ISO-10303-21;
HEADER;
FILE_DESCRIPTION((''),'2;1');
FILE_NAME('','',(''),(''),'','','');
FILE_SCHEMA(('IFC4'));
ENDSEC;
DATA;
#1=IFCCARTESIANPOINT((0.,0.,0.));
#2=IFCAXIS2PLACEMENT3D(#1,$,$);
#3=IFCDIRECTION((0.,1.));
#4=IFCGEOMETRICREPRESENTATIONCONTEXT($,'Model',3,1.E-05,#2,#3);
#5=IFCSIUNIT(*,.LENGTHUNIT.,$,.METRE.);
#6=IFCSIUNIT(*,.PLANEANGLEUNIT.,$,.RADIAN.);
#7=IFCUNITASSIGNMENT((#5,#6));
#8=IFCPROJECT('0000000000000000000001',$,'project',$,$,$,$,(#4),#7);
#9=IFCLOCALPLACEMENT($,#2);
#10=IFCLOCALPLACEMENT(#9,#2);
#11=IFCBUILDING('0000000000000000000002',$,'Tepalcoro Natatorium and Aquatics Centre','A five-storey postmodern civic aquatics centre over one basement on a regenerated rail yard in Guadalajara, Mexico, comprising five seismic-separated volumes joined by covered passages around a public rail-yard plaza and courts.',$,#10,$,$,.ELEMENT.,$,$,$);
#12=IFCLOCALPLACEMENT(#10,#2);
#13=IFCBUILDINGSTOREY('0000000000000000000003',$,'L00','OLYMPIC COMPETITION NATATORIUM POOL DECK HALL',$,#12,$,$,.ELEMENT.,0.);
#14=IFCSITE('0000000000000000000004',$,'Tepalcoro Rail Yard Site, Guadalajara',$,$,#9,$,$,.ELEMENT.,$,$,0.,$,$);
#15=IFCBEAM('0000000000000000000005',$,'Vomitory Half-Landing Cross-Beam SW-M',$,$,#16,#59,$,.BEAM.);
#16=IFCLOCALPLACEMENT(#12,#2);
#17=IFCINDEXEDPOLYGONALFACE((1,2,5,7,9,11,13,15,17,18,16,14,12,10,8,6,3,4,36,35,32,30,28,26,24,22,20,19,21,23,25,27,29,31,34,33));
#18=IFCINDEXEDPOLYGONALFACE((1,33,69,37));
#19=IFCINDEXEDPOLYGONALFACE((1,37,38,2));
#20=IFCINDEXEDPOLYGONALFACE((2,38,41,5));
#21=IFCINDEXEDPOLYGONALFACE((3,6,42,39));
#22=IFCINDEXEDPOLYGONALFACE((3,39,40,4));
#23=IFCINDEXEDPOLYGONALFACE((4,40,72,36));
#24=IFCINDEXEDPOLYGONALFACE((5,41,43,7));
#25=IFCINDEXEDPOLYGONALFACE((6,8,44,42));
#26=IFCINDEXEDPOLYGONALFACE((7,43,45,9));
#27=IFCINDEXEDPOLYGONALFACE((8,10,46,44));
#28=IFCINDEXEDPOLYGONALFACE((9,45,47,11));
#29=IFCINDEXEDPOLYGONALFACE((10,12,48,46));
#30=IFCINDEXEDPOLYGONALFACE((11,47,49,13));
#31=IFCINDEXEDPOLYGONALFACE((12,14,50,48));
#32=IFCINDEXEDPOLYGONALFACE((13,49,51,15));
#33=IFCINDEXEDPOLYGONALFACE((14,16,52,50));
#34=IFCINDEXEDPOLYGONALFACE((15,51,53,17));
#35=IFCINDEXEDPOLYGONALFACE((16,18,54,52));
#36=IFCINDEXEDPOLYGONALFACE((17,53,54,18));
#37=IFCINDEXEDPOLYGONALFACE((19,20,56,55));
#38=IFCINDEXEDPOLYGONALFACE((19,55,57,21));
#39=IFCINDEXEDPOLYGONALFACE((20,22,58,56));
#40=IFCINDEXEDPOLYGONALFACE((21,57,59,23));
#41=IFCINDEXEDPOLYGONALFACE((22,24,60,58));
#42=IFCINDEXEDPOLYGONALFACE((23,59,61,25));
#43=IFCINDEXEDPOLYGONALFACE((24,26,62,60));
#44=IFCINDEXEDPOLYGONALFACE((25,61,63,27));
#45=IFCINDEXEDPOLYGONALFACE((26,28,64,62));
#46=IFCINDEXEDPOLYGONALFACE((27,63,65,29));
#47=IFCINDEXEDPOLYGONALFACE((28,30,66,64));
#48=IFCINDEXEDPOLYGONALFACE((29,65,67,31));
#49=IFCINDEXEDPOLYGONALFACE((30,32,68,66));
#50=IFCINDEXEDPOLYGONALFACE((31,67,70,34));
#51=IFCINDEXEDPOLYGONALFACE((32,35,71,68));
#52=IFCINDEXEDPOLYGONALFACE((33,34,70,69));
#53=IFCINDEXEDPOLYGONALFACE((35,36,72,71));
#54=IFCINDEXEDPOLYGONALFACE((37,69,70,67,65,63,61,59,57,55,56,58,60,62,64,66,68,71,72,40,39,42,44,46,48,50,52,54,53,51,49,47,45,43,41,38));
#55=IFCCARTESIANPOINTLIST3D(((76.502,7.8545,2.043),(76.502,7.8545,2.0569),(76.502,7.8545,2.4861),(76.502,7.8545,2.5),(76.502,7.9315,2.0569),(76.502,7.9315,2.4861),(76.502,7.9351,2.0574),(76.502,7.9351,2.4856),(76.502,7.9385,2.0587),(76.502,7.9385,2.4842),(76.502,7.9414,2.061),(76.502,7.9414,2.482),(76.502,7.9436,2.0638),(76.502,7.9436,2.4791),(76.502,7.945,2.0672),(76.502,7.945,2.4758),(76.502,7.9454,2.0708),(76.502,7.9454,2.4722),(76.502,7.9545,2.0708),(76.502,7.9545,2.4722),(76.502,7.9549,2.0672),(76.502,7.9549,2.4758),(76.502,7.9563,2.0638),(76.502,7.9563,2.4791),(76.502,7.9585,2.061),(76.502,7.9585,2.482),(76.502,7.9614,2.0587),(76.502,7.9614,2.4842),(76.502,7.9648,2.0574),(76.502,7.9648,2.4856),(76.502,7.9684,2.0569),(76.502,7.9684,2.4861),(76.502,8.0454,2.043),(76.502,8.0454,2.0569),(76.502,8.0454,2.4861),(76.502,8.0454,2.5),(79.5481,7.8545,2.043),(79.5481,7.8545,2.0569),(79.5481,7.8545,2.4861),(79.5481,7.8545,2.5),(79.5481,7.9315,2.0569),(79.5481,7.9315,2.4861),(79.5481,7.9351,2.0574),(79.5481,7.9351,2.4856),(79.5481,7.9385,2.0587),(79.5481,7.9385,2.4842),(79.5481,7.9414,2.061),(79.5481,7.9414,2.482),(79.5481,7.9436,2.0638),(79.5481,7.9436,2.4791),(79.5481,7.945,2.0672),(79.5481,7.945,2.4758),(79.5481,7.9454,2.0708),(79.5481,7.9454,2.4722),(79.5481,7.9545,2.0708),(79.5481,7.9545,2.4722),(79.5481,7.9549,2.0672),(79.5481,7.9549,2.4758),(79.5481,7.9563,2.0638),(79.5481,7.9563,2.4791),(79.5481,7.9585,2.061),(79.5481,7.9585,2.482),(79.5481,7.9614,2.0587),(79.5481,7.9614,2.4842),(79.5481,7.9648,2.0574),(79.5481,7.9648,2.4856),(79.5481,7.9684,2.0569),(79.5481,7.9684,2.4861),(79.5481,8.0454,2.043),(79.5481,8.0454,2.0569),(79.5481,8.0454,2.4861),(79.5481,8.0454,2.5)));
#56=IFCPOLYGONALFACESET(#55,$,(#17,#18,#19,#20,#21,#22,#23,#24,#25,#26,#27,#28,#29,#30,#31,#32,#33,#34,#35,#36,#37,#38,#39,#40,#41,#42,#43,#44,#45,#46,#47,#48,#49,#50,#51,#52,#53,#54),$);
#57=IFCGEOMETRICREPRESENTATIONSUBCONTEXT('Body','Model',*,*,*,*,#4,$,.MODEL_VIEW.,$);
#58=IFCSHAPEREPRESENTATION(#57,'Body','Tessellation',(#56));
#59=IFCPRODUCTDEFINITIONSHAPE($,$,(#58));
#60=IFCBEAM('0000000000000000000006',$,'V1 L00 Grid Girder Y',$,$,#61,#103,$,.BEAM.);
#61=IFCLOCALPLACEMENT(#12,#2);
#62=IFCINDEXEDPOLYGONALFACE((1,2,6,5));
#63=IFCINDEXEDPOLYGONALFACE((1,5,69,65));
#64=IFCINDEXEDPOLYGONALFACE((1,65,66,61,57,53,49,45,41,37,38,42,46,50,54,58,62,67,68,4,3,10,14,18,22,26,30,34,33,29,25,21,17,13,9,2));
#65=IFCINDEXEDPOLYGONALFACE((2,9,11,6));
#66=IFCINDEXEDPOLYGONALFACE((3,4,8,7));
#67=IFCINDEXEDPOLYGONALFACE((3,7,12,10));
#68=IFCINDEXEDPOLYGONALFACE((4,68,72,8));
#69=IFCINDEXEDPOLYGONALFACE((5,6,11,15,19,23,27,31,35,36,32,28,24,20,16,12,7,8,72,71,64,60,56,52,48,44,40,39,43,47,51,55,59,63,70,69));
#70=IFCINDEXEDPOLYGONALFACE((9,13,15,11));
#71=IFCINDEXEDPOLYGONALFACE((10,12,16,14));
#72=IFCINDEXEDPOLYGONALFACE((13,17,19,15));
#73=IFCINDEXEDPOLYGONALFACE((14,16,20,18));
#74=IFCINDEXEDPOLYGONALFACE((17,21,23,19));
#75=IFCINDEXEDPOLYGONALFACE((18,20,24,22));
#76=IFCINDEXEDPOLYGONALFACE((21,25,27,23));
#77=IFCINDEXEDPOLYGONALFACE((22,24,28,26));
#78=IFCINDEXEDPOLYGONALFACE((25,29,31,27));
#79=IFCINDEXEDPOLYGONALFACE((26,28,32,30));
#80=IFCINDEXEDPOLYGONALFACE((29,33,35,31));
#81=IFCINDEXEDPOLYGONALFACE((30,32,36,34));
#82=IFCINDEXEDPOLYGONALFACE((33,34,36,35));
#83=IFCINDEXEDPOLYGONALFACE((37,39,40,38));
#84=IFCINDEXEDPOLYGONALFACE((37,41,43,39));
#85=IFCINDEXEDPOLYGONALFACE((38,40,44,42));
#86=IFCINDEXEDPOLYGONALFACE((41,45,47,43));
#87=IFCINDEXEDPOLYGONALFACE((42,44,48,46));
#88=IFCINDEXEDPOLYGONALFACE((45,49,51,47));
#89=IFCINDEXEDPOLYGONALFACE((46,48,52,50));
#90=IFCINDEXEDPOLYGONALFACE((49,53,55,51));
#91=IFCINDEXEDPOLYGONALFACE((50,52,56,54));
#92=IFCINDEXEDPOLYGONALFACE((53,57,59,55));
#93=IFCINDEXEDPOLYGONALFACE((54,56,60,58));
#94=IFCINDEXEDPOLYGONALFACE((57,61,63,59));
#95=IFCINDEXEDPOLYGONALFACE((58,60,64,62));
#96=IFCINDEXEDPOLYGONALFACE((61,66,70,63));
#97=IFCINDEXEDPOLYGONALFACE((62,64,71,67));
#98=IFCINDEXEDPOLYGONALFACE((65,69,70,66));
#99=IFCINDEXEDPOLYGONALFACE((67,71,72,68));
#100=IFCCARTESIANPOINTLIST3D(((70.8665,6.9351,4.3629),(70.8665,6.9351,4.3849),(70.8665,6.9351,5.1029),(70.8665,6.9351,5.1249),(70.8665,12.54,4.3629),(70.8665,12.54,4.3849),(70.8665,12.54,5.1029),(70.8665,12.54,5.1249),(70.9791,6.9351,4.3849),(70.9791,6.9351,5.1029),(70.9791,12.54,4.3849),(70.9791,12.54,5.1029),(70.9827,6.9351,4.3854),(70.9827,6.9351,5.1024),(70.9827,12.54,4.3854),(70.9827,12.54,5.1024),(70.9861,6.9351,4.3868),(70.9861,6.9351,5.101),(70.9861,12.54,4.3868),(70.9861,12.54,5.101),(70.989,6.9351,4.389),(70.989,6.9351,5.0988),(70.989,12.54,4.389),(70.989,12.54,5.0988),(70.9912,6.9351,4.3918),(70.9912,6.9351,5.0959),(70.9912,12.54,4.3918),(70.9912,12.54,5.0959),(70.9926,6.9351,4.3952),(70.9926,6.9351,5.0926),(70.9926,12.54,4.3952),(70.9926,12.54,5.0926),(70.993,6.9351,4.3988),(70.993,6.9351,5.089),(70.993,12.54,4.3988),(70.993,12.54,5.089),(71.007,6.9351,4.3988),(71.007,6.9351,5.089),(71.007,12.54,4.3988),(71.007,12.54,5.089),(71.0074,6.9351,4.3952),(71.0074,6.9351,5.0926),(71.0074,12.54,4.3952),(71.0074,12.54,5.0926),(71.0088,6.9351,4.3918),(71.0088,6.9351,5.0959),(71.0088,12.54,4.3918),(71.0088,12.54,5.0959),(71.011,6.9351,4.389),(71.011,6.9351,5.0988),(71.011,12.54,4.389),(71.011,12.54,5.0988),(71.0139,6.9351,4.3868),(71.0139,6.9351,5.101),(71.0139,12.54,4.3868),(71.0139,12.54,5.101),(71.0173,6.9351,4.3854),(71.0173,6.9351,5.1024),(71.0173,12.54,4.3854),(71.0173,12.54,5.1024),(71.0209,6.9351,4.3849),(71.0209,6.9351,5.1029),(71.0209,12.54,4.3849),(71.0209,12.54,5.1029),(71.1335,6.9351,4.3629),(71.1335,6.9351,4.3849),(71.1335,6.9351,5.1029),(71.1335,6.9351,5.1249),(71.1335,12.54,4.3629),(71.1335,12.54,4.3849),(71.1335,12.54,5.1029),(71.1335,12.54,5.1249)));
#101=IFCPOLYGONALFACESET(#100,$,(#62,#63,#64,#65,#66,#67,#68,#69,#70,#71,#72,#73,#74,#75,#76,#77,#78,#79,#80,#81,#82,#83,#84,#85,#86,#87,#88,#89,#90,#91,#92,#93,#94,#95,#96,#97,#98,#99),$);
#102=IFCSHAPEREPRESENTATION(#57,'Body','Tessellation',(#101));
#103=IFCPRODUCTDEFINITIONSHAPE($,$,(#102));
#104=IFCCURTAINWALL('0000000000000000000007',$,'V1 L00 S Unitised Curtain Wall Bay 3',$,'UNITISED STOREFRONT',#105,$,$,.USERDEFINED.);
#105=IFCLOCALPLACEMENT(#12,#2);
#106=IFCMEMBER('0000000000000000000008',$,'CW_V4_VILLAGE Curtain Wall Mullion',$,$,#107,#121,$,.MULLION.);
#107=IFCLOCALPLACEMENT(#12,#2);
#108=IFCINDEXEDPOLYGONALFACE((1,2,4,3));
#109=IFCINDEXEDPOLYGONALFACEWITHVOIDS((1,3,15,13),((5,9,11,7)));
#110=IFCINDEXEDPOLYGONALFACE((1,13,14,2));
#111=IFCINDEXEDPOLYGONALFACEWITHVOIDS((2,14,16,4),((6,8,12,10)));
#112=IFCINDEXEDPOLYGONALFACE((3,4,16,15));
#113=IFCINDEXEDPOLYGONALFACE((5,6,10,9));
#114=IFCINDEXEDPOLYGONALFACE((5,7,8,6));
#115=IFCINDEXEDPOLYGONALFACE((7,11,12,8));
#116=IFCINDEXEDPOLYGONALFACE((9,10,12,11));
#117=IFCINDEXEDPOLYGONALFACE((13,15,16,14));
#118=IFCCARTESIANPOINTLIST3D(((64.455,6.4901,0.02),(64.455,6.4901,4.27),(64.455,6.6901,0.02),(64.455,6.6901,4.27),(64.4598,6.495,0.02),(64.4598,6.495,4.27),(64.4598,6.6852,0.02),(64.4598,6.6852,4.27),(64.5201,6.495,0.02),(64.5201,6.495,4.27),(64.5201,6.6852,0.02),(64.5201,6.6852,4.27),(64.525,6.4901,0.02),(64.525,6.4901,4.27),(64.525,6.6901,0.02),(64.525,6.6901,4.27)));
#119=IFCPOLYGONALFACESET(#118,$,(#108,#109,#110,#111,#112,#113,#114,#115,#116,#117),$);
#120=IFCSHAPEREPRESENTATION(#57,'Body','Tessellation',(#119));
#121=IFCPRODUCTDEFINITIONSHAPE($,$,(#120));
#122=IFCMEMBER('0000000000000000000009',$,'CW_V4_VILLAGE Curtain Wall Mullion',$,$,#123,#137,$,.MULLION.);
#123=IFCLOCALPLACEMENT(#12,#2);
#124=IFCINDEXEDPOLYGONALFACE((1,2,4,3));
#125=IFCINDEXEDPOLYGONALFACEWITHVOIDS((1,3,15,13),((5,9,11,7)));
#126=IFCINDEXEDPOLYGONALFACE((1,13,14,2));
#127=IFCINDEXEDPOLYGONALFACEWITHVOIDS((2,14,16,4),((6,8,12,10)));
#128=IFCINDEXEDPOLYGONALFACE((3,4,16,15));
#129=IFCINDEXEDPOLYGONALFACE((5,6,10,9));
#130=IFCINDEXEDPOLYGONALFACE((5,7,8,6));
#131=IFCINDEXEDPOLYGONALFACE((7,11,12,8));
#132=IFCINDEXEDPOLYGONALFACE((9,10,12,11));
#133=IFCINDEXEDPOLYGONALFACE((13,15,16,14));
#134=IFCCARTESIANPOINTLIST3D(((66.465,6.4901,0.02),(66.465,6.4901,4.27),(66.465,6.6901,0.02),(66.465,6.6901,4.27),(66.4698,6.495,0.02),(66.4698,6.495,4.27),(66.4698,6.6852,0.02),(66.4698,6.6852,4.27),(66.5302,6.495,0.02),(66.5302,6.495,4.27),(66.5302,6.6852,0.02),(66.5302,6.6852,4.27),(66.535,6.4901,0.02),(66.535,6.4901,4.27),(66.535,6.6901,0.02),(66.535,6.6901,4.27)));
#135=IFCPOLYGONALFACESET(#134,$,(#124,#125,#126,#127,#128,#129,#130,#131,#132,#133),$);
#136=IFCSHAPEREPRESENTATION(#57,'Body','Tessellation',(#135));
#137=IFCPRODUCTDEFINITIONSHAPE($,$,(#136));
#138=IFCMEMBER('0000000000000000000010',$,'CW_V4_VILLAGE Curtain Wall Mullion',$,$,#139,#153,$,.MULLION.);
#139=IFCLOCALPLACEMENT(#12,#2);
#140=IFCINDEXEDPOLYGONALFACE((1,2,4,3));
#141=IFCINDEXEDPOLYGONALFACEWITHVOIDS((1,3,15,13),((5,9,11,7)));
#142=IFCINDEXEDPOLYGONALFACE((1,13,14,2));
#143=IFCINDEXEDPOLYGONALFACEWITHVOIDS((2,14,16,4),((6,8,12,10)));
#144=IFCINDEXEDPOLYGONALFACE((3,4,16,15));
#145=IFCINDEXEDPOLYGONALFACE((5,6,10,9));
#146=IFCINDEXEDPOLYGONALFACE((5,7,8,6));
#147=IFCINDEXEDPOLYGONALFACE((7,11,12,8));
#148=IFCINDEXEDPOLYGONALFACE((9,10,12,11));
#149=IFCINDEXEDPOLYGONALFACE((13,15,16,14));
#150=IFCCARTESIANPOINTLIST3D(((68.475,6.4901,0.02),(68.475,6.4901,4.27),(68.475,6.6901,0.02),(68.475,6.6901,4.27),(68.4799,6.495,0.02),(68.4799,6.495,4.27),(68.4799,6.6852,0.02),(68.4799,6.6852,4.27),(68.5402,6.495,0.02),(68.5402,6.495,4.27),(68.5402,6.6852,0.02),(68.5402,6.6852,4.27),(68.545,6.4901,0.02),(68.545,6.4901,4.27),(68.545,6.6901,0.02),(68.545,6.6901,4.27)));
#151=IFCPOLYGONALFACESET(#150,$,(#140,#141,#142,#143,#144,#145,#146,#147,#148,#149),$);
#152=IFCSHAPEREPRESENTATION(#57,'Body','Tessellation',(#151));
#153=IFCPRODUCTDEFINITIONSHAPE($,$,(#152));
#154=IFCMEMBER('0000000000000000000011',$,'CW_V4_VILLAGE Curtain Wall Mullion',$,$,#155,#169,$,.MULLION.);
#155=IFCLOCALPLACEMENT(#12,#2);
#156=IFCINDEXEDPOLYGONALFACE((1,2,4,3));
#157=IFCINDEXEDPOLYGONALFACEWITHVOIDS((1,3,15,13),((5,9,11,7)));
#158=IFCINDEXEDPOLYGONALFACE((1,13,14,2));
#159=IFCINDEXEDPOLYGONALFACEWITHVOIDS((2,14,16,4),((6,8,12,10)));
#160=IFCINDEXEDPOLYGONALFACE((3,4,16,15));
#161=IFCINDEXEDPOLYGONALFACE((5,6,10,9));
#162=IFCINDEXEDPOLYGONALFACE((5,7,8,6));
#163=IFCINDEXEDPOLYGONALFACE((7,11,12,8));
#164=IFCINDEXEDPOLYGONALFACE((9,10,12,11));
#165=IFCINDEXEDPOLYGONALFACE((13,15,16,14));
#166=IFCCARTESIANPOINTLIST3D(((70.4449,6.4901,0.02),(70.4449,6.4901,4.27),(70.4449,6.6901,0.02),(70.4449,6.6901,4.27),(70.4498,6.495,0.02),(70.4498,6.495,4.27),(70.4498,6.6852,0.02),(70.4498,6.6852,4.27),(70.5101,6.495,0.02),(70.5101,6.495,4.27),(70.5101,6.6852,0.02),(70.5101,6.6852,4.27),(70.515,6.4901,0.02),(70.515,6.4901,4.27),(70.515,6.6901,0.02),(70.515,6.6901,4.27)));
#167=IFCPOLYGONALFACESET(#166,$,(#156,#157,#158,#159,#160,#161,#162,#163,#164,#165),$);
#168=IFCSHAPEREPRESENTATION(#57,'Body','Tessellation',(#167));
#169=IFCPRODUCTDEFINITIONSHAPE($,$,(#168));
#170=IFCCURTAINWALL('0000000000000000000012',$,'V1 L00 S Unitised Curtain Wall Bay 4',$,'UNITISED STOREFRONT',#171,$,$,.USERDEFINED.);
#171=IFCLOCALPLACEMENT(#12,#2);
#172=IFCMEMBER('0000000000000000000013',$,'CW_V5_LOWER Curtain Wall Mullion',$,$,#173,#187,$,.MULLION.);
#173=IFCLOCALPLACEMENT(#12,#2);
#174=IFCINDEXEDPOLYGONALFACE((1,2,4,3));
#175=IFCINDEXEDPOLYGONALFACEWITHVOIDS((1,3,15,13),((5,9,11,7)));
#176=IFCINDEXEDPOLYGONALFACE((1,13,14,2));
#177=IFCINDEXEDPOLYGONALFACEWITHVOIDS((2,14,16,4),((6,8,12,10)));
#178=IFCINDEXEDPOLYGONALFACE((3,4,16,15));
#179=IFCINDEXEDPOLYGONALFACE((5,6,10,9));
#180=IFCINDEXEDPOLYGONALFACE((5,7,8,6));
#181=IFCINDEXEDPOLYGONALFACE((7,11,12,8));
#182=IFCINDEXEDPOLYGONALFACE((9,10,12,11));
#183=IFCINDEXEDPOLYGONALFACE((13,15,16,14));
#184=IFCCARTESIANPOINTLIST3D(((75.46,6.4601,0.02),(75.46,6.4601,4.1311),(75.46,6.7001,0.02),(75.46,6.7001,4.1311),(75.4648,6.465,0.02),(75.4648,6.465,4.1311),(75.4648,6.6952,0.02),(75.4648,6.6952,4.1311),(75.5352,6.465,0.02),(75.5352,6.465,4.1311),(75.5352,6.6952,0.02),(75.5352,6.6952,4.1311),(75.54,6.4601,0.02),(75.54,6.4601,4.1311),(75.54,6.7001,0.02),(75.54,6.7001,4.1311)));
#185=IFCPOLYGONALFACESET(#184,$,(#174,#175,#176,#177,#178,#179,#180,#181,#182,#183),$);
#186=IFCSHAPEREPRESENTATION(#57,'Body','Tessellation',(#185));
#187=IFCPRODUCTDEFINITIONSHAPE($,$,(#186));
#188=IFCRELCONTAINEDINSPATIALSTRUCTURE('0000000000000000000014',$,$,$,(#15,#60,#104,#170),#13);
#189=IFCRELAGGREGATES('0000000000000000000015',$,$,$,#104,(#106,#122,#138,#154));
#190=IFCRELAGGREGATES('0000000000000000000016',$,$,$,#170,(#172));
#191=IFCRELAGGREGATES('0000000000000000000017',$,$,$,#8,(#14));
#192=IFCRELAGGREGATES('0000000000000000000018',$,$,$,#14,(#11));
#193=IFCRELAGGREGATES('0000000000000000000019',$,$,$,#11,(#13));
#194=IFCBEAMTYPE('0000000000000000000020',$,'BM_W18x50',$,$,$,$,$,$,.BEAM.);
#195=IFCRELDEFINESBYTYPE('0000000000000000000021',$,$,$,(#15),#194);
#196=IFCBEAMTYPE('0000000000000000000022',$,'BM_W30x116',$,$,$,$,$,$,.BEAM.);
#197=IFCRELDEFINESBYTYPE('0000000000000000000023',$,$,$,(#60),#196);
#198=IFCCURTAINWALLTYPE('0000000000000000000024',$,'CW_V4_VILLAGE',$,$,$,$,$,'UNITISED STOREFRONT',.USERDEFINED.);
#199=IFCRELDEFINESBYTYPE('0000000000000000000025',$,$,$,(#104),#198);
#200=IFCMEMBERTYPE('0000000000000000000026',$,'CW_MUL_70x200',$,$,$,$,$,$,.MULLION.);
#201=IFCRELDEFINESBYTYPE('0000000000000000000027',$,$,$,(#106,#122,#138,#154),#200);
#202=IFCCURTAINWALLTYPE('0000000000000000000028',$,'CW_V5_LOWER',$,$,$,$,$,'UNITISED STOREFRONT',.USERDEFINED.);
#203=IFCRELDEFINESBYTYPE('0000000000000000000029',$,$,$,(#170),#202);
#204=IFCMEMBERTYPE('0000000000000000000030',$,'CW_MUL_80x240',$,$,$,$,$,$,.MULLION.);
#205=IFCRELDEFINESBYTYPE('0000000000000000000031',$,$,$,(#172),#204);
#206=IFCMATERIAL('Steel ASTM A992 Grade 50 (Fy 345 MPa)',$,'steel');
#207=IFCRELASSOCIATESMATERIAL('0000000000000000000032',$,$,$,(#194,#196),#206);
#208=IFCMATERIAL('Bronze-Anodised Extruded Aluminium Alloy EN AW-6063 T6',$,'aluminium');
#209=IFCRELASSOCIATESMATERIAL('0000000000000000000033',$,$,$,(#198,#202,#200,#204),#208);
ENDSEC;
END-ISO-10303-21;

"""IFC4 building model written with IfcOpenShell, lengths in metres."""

from ifc_helpers import new_model, si_unit, direction, frame, origin, origin_2d, place, context, subcontext, project, spatial, hollow_rectangle, i_section, extrude, material, material_profile, profile_set, type_object, element, aggregate, save


model = new_model("IFC4")

# Units and contexts
model_context = context("Model", 3, precision=1e-05, world=origin(), true_north=direction((0.0, 1.0)))
body_context = subcontext(model_context, "Body", "Model", "MODEL_VIEW")
ifc_project = project(units=[si_unit("LENGTHUNIT", "METRE"), si_unit("PLANEANGLEUNIT", "RADIAN")], contexts=[model_context])

# Site, building, storey
site_placement = place(None, origin())
site = spatial("IfcSite", under=ifc_project, at=site_placement, Name="Tepalcoro Rail Yard Site, Guadalajara", CompositionType="ELEMENT", RefElevation=0.0)
building_placement = place(site_placement, origin())
building = spatial("IfcBuilding", under=site, at=building_placement, Name="Tepalcoro Natatorium and Aquatics Centre", Description="A five-storey postmodern civic aquatics centre over one basement on a regenerated rail yard in Guadalajara, Mexico, comprising five seismic-separated volumes joined by covered passages around a public rail-yard plaza and courts.", CompositionType="ELEMENT")
storey_placement = place(building_placement, origin())
storey = spatial("IfcBuildingStorey", under=building, at=storey_placement, Name="L00", Description="OLYMPIC COMPETITION NATATORIUM POOL DECK HALL", CompositionType="ELEMENT", Elevation=0.0)

# Beams
ifc_material_1 = material(Name="Steel ASTM A992 Grade 50 (Fy 345 MPa)", Category="steel")
ifc_material_profile_1 = material_profile(ifc_material_1, i_section(OverallWidth=0.1909, OverallDepth=0.457, WebThickness=0.009, FlangeThickness=0.0139, FilletRadius=0.0139, at=origin_2d()), Name="W18X50")
ifc_profile_set_1 = profile_set([ifc_material_profile_1], Name="Steel ASTM A992 Grade 50 (Fy 345 MPa)")
beam_type_1 = type_object("IfcBeamType", Name="BM_W18x50", PredefinedType="BEAM", material=ifc_profile_set_1)
beam_1_placement = place(storey_placement, frame((76.502, 7.95, 2.2715), z_axis=(1.0, 0.0, 0.0), x_axis=(0.0, 1.0, 0.0)))
element("IfcBeam", 1, at=beam_1_placement, inside=storey, type_object=beam_type_1, Name="Vomitory Half-Landing Cross-Beam SW-M", PredefinedType="BEAM", context=body_context, shape_type="SweptSolid", body=[
    extrude(i_section(OverallWidth=0.1909, OverallDepth=0.457, WebThickness=0.009, FlangeThickness=0.0139, FilletRadius=0.0139, at=origin_2d()), origin(), (0.0, 0.0, 1.0), 3.0461),
])
ifc_material_profile_2 = material_profile(ifc_material_1, i_section(OverallWidth=0.2671, OverallDepth=0.762, WebThickness=0.0139, FlangeThickness=0.022, FilletRadius=0.0139, at=origin_2d()), Name="W30X116")
ifc_profile_set_2 = profile_set([ifc_material_profile_2], Name="Steel ASTM A992 Grade 50 (Fy 345 MPa)")
beam_type_2 = type_object("IfcBeamType", Name="BM_W30x116", PredefinedType="BEAM", material=ifc_profile_set_2)
beam_2_placement = place(storey_placement, frame((71.0, 6.9351, 4.7439), z_axis=(0.0, 1.0, 0.0), x_axis=(-1.0, 0.0, 0.0)))
element("IfcBeam", 2, at=beam_2_placement, inside=storey, type_object=beam_type_2, Name="V1 L00 Grid Girder Y", PredefinedType="BEAM", context=body_context, shape_type="SweptSolid", body=[
    extrude(i_section(OverallWidth=0.2671, OverallDepth=0.762, WebThickness=0.0139, FlangeThickness=0.022, FilletRadius=0.0139, at=origin_2d()), origin(), (0.0, 0.0, 1.0), 5.605),
])

# Curtain walls, members
ifc_material_2 = material(Name="Bronze-Anodised Extruded Aluminium Alloy EN AW-6063 T6", Category="aluminium")
curtain_wall_type_1 = type_object("IfcCurtainWallType", Name="CW_V4_VILLAGE", ElementType="UNITISED STOREFRONT", PredefinedType="USERDEFINED", material=ifc_material_2)
curtain_wall_1_placement = place(storey_placement, origin())
curtain_wall_1 = element("IfcCurtainWall", 3, at=curtain_wall_1_placement, inside=storey, type_object=curtain_wall_type_1, Name="V1 L00 S Unitised Curtain Wall Bay 3", ObjectType="UNITISED STOREFRONT", PredefinedType="USERDEFINED")
ifc_material_profile_3 = material_profile(ifc_material_2, hollow_rectangle(XDim=0.0701, YDim=0.2, WallThickness=0.0049, at=origin_2d()), Name="AL70X200X5")
ifc_profile_set_3 = profile_set([ifc_material_profile_3], Name="Bronze-Anodised Extruded Aluminium Alloy EN AW-6063 T6")
member_type_1 = type_object("IfcMemberType", Name="CW_MUL_70x200", PredefinedType="MULLION", material=ifc_profile_set_3)
member_1_placement = place(storey_placement, frame((64.49, 6.5901, 0.02), z_axis=(0.0, 0.0, 1.0), x_axis=(1.0, 0.0, 0.0)))
member_1 = element("IfcMember", 4, at=member_1_placement, type_object=member_type_1, Name="CW_V4_VILLAGE Curtain Wall Mullion", PredefinedType="MULLION", context=body_context, shape_type="SweptSolid", body=[
    extrude(hollow_rectangle(XDim=0.0701, YDim=0.2, WallThickness=0.0049, at=origin_2d()), origin(), (0.0, 0.0, 1.0), 4.25),
])
member_2_placement = place(storey_placement, frame((66.5, 6.5901, 0.02), z_axis=(0.0, 0.0, 1.0), x_axis=(1.0, 0.0, 0.0)))
member_2 = element("IfcMember", 5, at=member_2_placement, type_object=member_type_1, Name="CW_V4_VILLAGE Curtain Wall Mullion", PredefinedType="MULLION", context=body_context, shape_type="SweptSolid", body=[
    extrude(hollow_rectangle(XDim=0.0701, YDim=0.2, WallThickness=0.0049, at=origin_2d()), origin(), (0.0, 0.0, 1.0), 4.25),
])
member_3_placement = place(storey_placement, frame((68.51, 6.5901, 0.02), z_axis=(0.0, 0.0, 1.0), x_axis=(1.0, 0.0, 0.0)))
member_3 = element("IfcMember", 6, at=member_3_placement, type_object=member_type_1, Name="CW_V4_VILLAGE Curtain Wall Mullion", PredefinedType="MULLION", context=body_context, shape_type="SweptSolid", body=[
    extrude(hollow_rectangle(XDim=0.0701, YDim=0.2, WallThickness=0.0049, at=origin_2d()), origin(), (0.0, 0.0, 1.0), 4.25),
])
member_4_placement = place(storey_placement, frame((70.48, 6.5901, 0.02), z_axis=(0.0, 0.0, 1.0), x_axis=(1.0, 0.0, 0.0)))
member_4 = element("IfcMember", 7, at=member_4_placement, type_object=member_type_1, Name="CW_V4_VILLAGE Curtain Wall Mullion", PredefinedType="MULLION", context=body_context, shape_type="SweptSolid", body=[
    extrude(hollow_rectangle(XDim=0.0701, YDim=0.2, WallThickness=0.0049, at=origin_2d()), origin(), (0.0, 0.0, 1.0), 4.25),
])
curtain_wall_type_2 = type_object("IfcCurtainWallType", Name="CW_V5_LOWER", ElementType="UNITISED STOREFRONT", PredefinedType="USERDEFINED", material=ifc_material_2)
curtain_wall_2_placement = place(storey_placement, origin())
curtain_wall_2 = element("IfcCurtainWall", 8, at=curtain_wall_2_placement, inside=storey, type_object=curtain_wall_type_2, Name="V1 L00 S Unitised Curtain Wall Bay 4", ObjectType="UNITISED STOREFRONT", PredefinedType="USERDEFINED")
ifc_material_profile_4 = material_profile(ifc_material_2, hollow_rectangle(XDim=0.0801, YDim=0.24, WallThickness=0.0049, at=origin_2d()), Name="AL80X240X5")
ifc_profile_set_4 = profile_set([ifc_material_profile_4], Name="Bronze-Anodised Extruded Aluminium Alloy EN AW-6063 T6")
member_type_2 = type_object("IfcMemberType", Name="CW_MUL_80x240", PredefinedType="MULLION", material=ifc_profile_set_4)
member_5_placement = place(storey_placement, frame((75.5, 6.5801, 0.02), z_axis=(0.0, 0.0, 1.0), x_axis=(1.0, 0.0, 0.0)))
member_5 = element("IfcMember", 9, at=member_5_placement, type_object=member_type_2, Name="CW_V5_LOWER Curtain Wall Mullion", PredefinedType="MULLION", context=body_context, shape_type="SweptSolid", body=[
    extrude(hollow_rectangle(XDim=0.0801, YDim=0.24, WallThickness=0.0049, at=origin_2d()), origin(), (0.0, 0.0, 1.0), 4.1111),
])

aggregate(curtain_wall_1, [member_1, member_2, member_3, member_4])
aggregate(curtain_wall_2, [member_5])

save(model, "model.ifc")
